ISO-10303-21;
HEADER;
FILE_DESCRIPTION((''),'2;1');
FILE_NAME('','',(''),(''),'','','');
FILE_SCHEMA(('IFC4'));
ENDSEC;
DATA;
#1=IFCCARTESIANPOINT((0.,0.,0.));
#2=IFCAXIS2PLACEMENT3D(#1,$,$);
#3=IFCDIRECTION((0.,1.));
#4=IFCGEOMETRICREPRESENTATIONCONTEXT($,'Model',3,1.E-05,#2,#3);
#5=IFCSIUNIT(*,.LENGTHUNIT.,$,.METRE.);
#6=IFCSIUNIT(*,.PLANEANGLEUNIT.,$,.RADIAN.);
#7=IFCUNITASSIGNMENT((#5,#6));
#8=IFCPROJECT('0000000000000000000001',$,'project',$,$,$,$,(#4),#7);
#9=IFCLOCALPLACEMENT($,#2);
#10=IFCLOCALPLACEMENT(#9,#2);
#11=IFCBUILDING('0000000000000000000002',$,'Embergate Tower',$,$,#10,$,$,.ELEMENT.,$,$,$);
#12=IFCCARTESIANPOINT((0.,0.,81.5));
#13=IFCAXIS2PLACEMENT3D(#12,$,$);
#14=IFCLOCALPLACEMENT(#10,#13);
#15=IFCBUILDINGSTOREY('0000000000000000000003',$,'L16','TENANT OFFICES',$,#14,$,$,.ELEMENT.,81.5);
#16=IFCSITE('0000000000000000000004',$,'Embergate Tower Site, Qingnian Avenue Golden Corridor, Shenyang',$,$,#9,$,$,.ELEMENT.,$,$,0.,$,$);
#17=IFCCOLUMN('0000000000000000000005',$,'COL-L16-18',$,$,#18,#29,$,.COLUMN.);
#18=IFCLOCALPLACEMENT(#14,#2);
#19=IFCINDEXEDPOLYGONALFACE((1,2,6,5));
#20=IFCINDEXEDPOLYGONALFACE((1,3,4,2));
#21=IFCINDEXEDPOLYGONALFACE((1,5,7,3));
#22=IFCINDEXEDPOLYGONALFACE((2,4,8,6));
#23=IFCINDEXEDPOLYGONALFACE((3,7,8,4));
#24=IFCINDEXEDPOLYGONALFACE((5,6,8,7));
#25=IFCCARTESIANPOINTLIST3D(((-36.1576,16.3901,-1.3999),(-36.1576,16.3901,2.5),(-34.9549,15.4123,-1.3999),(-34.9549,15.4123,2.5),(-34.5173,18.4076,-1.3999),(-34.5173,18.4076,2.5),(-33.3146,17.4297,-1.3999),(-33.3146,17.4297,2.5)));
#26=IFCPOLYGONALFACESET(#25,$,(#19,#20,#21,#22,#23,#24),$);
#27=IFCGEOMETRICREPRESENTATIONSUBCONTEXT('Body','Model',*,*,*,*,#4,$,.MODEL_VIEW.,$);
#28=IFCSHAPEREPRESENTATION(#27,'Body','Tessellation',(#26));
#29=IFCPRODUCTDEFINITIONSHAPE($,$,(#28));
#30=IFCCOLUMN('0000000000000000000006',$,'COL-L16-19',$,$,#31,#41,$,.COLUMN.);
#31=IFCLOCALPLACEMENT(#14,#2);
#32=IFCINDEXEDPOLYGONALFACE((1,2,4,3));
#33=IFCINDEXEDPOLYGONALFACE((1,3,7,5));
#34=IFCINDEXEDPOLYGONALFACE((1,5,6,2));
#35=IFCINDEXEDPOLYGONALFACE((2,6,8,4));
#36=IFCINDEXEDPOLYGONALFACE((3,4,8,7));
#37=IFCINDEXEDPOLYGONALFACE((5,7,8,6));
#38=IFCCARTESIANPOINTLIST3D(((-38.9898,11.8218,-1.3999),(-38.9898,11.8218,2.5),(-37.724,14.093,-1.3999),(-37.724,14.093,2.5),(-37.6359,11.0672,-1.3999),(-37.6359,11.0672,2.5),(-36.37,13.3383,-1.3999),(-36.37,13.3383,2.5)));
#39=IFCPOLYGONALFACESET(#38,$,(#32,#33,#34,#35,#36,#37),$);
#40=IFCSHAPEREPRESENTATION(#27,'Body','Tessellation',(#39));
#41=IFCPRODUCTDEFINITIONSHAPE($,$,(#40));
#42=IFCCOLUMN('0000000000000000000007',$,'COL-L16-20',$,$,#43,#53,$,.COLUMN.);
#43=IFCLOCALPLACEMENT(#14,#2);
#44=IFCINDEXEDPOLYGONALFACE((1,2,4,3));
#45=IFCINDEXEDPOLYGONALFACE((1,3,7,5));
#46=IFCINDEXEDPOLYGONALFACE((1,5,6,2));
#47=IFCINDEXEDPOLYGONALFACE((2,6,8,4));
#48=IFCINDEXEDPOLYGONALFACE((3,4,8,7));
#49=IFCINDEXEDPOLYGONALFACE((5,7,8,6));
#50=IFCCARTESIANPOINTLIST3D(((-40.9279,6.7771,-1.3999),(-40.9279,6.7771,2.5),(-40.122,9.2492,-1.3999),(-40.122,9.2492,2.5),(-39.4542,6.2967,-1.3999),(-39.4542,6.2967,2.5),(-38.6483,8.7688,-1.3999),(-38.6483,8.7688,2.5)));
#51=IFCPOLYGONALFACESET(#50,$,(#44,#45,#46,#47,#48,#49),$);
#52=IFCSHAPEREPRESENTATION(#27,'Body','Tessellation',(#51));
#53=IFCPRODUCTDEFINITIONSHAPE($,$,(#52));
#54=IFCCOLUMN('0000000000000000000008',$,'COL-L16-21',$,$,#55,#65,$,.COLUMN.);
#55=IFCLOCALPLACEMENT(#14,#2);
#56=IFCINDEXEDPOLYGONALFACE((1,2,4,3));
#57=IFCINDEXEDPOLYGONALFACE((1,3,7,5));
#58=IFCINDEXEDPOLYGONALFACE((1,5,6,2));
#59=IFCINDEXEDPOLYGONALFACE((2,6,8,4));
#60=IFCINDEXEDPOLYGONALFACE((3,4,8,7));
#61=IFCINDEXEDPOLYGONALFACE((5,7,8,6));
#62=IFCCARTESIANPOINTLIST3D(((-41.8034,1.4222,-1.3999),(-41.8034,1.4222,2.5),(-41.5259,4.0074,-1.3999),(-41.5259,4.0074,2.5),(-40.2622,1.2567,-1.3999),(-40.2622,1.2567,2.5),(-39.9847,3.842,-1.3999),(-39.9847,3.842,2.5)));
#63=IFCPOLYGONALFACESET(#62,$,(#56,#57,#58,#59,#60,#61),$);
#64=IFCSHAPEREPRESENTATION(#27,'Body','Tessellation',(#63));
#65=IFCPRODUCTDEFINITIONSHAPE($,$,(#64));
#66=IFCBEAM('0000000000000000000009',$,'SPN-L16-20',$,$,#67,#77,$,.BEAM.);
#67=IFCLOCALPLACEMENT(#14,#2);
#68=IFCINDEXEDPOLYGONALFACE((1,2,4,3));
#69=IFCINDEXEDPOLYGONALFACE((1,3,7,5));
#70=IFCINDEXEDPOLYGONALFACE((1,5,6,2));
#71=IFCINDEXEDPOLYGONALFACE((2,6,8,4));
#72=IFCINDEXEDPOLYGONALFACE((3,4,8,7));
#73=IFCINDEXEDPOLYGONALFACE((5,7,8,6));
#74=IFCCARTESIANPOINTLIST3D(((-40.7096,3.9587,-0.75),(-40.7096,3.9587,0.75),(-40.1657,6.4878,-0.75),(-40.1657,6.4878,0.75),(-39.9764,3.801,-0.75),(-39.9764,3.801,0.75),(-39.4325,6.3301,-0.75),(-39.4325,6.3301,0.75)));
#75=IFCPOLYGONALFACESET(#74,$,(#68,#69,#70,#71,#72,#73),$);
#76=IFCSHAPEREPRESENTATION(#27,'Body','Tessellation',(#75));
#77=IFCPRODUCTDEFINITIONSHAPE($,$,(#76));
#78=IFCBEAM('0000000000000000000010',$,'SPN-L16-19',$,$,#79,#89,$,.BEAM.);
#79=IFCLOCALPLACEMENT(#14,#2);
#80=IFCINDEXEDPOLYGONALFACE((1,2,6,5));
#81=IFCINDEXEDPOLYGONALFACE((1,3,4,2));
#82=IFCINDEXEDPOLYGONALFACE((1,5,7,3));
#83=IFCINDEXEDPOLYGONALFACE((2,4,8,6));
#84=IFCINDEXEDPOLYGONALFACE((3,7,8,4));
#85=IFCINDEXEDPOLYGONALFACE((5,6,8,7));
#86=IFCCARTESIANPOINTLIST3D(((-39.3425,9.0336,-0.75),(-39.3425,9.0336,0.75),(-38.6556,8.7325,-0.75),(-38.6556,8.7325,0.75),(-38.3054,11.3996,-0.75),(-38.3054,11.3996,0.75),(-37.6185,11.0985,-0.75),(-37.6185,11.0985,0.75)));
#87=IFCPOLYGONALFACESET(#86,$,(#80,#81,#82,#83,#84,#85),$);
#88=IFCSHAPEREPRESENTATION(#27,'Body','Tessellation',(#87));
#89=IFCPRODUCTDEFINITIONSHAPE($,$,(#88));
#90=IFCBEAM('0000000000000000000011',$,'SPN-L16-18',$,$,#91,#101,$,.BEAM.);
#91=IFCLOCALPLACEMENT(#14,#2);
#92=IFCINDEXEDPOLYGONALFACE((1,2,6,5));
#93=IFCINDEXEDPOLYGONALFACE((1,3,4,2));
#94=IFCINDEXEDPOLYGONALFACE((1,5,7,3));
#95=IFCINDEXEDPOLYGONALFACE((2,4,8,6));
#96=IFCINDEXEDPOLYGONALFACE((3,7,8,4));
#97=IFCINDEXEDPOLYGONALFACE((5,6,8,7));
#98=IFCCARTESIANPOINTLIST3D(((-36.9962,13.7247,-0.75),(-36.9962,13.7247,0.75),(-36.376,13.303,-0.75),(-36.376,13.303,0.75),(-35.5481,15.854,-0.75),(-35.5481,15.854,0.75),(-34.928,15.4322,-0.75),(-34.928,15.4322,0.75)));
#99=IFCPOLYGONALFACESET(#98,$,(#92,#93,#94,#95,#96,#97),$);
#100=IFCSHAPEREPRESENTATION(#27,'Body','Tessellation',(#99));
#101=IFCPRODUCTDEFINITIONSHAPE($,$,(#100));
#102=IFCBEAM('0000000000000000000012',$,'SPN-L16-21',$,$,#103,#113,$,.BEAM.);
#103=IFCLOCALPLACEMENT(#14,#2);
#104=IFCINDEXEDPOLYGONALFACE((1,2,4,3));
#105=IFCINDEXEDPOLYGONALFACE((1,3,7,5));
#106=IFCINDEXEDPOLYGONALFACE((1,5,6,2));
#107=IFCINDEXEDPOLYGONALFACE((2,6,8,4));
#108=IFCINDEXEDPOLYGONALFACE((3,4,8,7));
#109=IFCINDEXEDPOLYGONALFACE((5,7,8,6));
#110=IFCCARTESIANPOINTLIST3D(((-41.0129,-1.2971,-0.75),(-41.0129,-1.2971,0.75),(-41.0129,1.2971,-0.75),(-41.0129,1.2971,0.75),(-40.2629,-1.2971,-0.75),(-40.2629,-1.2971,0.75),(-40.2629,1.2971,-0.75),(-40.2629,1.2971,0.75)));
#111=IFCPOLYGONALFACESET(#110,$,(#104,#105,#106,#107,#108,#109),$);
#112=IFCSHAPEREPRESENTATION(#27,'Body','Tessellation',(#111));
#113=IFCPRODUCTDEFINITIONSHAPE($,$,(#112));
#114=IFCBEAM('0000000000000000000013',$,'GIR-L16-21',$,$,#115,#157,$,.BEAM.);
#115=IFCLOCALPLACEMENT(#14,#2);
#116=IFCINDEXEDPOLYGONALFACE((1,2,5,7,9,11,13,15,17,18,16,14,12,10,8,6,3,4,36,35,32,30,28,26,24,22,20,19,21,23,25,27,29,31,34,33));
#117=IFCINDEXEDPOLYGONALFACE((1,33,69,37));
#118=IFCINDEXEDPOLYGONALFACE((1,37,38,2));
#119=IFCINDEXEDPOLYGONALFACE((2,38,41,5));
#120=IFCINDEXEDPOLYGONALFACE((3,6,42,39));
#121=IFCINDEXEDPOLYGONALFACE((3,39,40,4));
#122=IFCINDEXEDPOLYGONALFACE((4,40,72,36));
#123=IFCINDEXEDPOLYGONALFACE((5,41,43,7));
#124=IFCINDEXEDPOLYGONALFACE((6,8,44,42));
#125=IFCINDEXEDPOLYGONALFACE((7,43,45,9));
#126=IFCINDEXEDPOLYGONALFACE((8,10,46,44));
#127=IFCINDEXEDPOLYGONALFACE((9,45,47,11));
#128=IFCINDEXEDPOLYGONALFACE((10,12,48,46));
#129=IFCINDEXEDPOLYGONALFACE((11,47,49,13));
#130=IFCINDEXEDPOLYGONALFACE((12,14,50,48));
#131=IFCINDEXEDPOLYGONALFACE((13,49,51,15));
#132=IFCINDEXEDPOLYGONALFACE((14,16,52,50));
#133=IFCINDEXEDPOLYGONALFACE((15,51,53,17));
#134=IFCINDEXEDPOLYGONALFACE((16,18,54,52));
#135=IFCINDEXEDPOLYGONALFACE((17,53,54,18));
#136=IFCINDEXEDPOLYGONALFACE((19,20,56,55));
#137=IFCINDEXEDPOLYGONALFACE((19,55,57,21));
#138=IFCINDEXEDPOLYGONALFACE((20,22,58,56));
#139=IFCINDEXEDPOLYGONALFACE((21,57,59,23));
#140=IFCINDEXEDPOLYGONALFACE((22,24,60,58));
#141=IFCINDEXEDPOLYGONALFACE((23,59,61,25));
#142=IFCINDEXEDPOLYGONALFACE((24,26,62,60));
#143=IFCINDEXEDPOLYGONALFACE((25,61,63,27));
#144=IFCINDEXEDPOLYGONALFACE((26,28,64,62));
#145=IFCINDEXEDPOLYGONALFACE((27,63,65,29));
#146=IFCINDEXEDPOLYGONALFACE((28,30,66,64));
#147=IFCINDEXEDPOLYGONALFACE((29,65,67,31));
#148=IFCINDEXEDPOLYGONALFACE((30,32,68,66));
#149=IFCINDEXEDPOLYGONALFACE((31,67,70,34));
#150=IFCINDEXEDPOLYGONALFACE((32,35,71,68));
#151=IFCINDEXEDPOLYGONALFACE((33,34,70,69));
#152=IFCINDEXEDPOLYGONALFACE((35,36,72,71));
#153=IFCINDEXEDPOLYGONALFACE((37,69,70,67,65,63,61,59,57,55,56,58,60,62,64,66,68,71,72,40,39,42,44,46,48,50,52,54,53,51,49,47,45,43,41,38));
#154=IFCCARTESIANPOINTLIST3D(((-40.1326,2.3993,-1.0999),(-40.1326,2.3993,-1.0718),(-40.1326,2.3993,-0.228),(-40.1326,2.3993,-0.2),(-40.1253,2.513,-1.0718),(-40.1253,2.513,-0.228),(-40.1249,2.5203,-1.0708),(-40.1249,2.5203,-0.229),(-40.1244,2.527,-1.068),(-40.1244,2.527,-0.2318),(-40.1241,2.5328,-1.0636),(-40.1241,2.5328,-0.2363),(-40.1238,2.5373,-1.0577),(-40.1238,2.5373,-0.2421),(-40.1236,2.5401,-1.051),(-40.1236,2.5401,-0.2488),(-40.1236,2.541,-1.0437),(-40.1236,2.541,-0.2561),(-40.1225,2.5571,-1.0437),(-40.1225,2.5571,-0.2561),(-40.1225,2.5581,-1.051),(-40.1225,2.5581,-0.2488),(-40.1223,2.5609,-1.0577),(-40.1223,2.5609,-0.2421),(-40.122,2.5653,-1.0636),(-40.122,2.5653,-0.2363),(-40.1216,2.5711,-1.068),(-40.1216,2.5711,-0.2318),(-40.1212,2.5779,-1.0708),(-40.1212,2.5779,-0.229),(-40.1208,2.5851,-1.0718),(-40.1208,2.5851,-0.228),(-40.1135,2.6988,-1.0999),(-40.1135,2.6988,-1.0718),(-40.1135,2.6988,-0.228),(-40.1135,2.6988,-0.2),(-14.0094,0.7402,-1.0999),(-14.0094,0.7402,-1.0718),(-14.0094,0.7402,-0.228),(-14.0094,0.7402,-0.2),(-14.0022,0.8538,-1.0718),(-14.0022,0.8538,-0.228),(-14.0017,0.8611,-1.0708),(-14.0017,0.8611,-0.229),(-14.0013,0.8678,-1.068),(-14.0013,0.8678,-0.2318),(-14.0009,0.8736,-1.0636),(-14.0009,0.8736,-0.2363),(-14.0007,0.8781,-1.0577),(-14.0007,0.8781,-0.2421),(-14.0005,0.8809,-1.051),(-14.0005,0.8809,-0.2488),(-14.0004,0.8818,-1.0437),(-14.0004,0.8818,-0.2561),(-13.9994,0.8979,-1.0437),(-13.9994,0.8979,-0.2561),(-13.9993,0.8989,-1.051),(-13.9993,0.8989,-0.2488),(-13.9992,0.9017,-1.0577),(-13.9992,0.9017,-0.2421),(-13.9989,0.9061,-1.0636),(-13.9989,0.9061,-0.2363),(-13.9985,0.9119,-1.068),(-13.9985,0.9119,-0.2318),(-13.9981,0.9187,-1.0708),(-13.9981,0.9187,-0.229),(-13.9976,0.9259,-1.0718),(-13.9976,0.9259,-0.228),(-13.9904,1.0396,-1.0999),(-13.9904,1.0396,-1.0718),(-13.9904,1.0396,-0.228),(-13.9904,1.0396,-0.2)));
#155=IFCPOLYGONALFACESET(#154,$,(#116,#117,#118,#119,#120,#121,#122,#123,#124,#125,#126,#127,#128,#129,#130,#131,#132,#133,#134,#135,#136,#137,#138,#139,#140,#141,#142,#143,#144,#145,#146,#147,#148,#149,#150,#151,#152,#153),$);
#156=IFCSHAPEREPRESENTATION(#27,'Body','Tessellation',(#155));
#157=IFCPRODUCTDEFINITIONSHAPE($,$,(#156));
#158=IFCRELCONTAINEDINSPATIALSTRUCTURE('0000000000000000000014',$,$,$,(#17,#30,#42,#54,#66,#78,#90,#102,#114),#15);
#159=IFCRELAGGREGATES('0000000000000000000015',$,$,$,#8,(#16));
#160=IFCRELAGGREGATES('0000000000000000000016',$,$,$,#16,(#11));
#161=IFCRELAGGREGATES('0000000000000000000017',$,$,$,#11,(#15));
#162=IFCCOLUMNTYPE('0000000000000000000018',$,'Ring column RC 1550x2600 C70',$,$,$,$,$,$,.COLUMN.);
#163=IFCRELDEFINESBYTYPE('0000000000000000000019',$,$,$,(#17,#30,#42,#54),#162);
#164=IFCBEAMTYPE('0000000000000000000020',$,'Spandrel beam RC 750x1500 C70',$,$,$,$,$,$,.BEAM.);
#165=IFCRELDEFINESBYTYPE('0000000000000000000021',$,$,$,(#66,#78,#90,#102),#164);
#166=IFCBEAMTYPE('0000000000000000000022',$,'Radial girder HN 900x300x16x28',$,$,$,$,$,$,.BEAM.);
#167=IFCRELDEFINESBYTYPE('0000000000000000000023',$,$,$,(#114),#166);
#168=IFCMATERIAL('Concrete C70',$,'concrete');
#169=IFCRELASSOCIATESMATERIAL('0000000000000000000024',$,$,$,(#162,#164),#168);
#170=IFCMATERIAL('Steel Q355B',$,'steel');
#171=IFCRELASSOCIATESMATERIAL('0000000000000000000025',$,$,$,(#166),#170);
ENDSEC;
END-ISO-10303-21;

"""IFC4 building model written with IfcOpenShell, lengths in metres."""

from ifc_helpers import new_model, si_unit, direction, frame, origin, origin_2d, place, context, subcontext, project, spatial, rectangle, i_section, extrude, source, transform, mapped, material, material_profile, profile_set, type_object, element, save


model = new_model("IFC4")

# Units and contexts
model_context = context("Model", 3, precision=1e-05, world=origin(), true_north=direction((0.0, 1.0)))
body_context = subcontext(model_context, "Body", "Model", "MODEL_VIEW")
ifc_project = project(units=[si_unit("LENGTHUNIT", "METRE"), si_unit("PLANEANGLEUNIT", "RADIAN")], contexts=[model_context])

# Site, building, storey
site_placement = place(None, origin())
site = spatial("IfcSite", under=ifc_project, at=site_placement, Name="Embergate Tower Site, Qingnian Avenue Golden Corridor, Shenyang", CompositionType="ELEMENT", RefElevation=0.0)
building_placement = place(site_placement, origin())
building = spatial("IfcBuilding", under=site, at=building_placement, Name="Embergate Tower", CompositionType="ELEMENT")
storey_placement = place(building_placement, frame((0.0, 0.0, 81.5)))
storey = spatial("IfcBuildingStorey", under=building, at=storey_placement, Name="L16", Description="TENANT OFFICES", CompositionType="ELEMENT", Elevation=81.5)

# Columns
ifc_material_1 = material(Name="Concrete C70", Category="concrete")
ifc_material_profile_1 = material_profile(ifc_material_1, rectangle(XDim=1.55, YDim=2.6001, at=origin_2d()), Name="RC 1550x2600")
ifc_profile_set_1 = profile_set([ifc_material_profile_1], Name="Concrete C70")
column_type = type_object("IfcColumnType", Name="Ring column RC 1550x2600 C70", PredefinedType="COLUMN", material=ifc_profile_set_1)
shared_shape_1 = source(origin(), body_context, "Body", "SweptSolid", [
    extrude(rectangle(XDim=1.55, YDim=2.6001, at=origin_2d()), origin(), (0.0, 0.0, 1.0), 3.8999),
])
for number, where, z_axis, x_axis, name in (
    (1, (-34.7361, 16.9099, -1.3999), (0.0, 0.0, 1.0), (-0.775914, 0.630838, 0.0), "COL-L16-18"),
    (2, (-37.6799, 12.5801, -1.3999), (0.0, 0.0, 1.0), (-0.873492, 0.486839, 0.0), "COL-L16-19"),
    (3, (-39.7881, 7.7729, -1.3999), (0.0, 0.0, 1.0), (-0.950754, 0.309946, 0.0), "COL-L16-20"),
    (4, (-40.894, 2.6321, -1.3999), (0.0, 0.0, 1.0), (-0.994286, 0.10675, 0.0), "COL-L16-21"),
):
    element("IfcColumn", number, at=place(storey_placement, frame(where, z_axis=z_axis, x_axis=x_axis)), inside=storey, type_object=column_type, Name=name, PredefinedType="COLUMN", context=body_context, shape_type="MappedRepresentation", body=[
        mapped(shared_shape_1, transform((0.0, 0.0, 0.0))),
    ])

# Beams
ifc_material_profile_2 = material_profile(ifc_material_1, rectangle(XDim=0.75, YDim=1.5, at=origin_2d()), Name="RC 750x1500")
ifc_profile_set_2 = profile_set([ifc_material_profile_2], Name="Concrete C70")
beam_type_1 = type_object("IfcBeamType", Name="Spandrel beam RC 750x1500 C70", PredefinedType="BEAM", material=ifc_profile_set_2)
shared_shape_2 = source(origin(), body_context, "Body", "SweptSolid", [
    extrude(rectangle(XDim=0.75, YDim=1.5, at=origin_2d()), origin(), (0.0, 0.0, 1.0), 2.5869),
])
beam_1_placement = place(storey_placement, frame((-39.7991, 6.4089, 0.0), z_axis=(-0.21027, -0.977643, 0.0), x_axis=(0.977643, -0.21027, 0.0)))
element("IfcBeam", 5, at=beam_1_placement, inside=storey, type_object=beam_type_1, Name="SPN-L16-20", PredefinedType="BEAM", context=body_context, shape_type="MappedRepresentation", body=[
    mapped(shared_shape_2, transform((0.0, 0.0, 0.0))),
])
shared_shape_3 = source(origin(), body_context, "Body", "SweptSolid", [
    extrude(rectangle(XDim=0.75, YDim=1.5, at=origin_2d()), origin(), (0.0, 0.0, 1.0), 2.5833),
])
beam_2_placement = place(storey_placement, frame((-37.9619, 11.249, 0.0), z_axis=(-0.401468, -0.915873, 0.0), x_axis=(0.915873, -0.401468, 0.0)))
element("IfcBeam", 6, at=beam_2_placement, inside=storey, type_object=beam_type_1, Name="SPN-L16-19", PredefinedType="BEAM", context=body_context, shape_type="MappedRepresentation", body=[
    mapped(shared_shape_3, transform((0.0, 0.0, 0.0))),
])
shared_shape_4 = source(origin(), body_context, "Body", "SweptSolid", [
    extrude(rectangle(XDim=0.75, YDim=1.5, at=origin_2d()), origin(), (0.0, 0.0, 1.0), 2.575),
])
beam_3_placement = place(storey_placement, frame((-35.238, 15.6431, 0.0), z_axis=(-0.562357, -0.826895, 0.0), x_axis=(0.826895, -0.562357, 0.0)))
element("IfcBeam", 7, at=beam_3_placement, inside=storey, type_object=beam_type_1, Name="SPN-L16-18", PredefinedType="BEAM", context=body_context, shape_type="MappedRepresentation", body=[
    mapped(shared_shape_4, transform((0.0, 0.0, 0.0))),
])
shared_shape_5 = source(origin(), body_context, "Body", "SweptSolid", [
    extrude(rectangle(XDim=0.75, YDim=1.5, at=origin_2d()), origin(), (0.0, 0.0, 1.0), 2.5942),
])
beam_4_placement = place(storey_placement, frame((-40.6379, 1.2971, 0.0), z_axis=(0.0, -1.0, 0.0), x_axis=(1.0, 0.0, 0.0)))
element("IfcBeam", 8, at=beam_4_placement, inside=storey, type_object=beam_type_1, Name="SPN-L16-21", PredefinedType="BEAM", context=body_context, shape_type="MappedRepresentation", body=[
    mapped(shared_shape_5, transform((0.0, 0.0, 0.0))),
])
ifc_material_2 = material(Name="Steel Q355B", Category="steel")
ifc_material_profile_3 = material_profile(ifc_material_2, i_section(OverallWidth=0.3, OverallDepth=0.8999, WebThickness=0.0161, FlangeThickness=0.0281, FilletRadius=0.0281, at=origin_2d()), Name="HN 900x300x16x28")
ifc_profile_set_3 = profile_set([ifc_material_profile_3], Name="Steel Q355 grade B")
beam_type_2 = type_object("IfcBeamType", Name="Radial girder HN 900x300x16x28", PredefinedType="BEAM", material=ifc_profile_set_3)
shared_shape_6 = source(origin(), body_context, "Body", "SweptSolid", [
    extrude(i_section(OverallWidth=0.3, OverallDepth=0.8999, WebThickness=0.0161, FlangeThickness=0.0281, FilletRadius=0.0281, at=origin_2d()), origin(), (0.0, 0.0, 1.0), 26.1758),
])
beam_5_placement = place(storey_placement, frame((-40.123, 2.5491, -0.6499), z_axis=(0.997989, -0.063386, 0.0), x_axis=(0.063386, 0.997989, 0.0)))
element("IfcBeam", 9, at=beam_5_placement, inside=storey, type_object=beam_type_2, Name="GIR-L16-21", PredefinedType="BEAM", context=body_context, shape_type="MappedRepresentation", body=[
    mapped(shared_shape_6, transform((0.0, 0.0, 0.0))),
])

save(model, "model.ifc")
